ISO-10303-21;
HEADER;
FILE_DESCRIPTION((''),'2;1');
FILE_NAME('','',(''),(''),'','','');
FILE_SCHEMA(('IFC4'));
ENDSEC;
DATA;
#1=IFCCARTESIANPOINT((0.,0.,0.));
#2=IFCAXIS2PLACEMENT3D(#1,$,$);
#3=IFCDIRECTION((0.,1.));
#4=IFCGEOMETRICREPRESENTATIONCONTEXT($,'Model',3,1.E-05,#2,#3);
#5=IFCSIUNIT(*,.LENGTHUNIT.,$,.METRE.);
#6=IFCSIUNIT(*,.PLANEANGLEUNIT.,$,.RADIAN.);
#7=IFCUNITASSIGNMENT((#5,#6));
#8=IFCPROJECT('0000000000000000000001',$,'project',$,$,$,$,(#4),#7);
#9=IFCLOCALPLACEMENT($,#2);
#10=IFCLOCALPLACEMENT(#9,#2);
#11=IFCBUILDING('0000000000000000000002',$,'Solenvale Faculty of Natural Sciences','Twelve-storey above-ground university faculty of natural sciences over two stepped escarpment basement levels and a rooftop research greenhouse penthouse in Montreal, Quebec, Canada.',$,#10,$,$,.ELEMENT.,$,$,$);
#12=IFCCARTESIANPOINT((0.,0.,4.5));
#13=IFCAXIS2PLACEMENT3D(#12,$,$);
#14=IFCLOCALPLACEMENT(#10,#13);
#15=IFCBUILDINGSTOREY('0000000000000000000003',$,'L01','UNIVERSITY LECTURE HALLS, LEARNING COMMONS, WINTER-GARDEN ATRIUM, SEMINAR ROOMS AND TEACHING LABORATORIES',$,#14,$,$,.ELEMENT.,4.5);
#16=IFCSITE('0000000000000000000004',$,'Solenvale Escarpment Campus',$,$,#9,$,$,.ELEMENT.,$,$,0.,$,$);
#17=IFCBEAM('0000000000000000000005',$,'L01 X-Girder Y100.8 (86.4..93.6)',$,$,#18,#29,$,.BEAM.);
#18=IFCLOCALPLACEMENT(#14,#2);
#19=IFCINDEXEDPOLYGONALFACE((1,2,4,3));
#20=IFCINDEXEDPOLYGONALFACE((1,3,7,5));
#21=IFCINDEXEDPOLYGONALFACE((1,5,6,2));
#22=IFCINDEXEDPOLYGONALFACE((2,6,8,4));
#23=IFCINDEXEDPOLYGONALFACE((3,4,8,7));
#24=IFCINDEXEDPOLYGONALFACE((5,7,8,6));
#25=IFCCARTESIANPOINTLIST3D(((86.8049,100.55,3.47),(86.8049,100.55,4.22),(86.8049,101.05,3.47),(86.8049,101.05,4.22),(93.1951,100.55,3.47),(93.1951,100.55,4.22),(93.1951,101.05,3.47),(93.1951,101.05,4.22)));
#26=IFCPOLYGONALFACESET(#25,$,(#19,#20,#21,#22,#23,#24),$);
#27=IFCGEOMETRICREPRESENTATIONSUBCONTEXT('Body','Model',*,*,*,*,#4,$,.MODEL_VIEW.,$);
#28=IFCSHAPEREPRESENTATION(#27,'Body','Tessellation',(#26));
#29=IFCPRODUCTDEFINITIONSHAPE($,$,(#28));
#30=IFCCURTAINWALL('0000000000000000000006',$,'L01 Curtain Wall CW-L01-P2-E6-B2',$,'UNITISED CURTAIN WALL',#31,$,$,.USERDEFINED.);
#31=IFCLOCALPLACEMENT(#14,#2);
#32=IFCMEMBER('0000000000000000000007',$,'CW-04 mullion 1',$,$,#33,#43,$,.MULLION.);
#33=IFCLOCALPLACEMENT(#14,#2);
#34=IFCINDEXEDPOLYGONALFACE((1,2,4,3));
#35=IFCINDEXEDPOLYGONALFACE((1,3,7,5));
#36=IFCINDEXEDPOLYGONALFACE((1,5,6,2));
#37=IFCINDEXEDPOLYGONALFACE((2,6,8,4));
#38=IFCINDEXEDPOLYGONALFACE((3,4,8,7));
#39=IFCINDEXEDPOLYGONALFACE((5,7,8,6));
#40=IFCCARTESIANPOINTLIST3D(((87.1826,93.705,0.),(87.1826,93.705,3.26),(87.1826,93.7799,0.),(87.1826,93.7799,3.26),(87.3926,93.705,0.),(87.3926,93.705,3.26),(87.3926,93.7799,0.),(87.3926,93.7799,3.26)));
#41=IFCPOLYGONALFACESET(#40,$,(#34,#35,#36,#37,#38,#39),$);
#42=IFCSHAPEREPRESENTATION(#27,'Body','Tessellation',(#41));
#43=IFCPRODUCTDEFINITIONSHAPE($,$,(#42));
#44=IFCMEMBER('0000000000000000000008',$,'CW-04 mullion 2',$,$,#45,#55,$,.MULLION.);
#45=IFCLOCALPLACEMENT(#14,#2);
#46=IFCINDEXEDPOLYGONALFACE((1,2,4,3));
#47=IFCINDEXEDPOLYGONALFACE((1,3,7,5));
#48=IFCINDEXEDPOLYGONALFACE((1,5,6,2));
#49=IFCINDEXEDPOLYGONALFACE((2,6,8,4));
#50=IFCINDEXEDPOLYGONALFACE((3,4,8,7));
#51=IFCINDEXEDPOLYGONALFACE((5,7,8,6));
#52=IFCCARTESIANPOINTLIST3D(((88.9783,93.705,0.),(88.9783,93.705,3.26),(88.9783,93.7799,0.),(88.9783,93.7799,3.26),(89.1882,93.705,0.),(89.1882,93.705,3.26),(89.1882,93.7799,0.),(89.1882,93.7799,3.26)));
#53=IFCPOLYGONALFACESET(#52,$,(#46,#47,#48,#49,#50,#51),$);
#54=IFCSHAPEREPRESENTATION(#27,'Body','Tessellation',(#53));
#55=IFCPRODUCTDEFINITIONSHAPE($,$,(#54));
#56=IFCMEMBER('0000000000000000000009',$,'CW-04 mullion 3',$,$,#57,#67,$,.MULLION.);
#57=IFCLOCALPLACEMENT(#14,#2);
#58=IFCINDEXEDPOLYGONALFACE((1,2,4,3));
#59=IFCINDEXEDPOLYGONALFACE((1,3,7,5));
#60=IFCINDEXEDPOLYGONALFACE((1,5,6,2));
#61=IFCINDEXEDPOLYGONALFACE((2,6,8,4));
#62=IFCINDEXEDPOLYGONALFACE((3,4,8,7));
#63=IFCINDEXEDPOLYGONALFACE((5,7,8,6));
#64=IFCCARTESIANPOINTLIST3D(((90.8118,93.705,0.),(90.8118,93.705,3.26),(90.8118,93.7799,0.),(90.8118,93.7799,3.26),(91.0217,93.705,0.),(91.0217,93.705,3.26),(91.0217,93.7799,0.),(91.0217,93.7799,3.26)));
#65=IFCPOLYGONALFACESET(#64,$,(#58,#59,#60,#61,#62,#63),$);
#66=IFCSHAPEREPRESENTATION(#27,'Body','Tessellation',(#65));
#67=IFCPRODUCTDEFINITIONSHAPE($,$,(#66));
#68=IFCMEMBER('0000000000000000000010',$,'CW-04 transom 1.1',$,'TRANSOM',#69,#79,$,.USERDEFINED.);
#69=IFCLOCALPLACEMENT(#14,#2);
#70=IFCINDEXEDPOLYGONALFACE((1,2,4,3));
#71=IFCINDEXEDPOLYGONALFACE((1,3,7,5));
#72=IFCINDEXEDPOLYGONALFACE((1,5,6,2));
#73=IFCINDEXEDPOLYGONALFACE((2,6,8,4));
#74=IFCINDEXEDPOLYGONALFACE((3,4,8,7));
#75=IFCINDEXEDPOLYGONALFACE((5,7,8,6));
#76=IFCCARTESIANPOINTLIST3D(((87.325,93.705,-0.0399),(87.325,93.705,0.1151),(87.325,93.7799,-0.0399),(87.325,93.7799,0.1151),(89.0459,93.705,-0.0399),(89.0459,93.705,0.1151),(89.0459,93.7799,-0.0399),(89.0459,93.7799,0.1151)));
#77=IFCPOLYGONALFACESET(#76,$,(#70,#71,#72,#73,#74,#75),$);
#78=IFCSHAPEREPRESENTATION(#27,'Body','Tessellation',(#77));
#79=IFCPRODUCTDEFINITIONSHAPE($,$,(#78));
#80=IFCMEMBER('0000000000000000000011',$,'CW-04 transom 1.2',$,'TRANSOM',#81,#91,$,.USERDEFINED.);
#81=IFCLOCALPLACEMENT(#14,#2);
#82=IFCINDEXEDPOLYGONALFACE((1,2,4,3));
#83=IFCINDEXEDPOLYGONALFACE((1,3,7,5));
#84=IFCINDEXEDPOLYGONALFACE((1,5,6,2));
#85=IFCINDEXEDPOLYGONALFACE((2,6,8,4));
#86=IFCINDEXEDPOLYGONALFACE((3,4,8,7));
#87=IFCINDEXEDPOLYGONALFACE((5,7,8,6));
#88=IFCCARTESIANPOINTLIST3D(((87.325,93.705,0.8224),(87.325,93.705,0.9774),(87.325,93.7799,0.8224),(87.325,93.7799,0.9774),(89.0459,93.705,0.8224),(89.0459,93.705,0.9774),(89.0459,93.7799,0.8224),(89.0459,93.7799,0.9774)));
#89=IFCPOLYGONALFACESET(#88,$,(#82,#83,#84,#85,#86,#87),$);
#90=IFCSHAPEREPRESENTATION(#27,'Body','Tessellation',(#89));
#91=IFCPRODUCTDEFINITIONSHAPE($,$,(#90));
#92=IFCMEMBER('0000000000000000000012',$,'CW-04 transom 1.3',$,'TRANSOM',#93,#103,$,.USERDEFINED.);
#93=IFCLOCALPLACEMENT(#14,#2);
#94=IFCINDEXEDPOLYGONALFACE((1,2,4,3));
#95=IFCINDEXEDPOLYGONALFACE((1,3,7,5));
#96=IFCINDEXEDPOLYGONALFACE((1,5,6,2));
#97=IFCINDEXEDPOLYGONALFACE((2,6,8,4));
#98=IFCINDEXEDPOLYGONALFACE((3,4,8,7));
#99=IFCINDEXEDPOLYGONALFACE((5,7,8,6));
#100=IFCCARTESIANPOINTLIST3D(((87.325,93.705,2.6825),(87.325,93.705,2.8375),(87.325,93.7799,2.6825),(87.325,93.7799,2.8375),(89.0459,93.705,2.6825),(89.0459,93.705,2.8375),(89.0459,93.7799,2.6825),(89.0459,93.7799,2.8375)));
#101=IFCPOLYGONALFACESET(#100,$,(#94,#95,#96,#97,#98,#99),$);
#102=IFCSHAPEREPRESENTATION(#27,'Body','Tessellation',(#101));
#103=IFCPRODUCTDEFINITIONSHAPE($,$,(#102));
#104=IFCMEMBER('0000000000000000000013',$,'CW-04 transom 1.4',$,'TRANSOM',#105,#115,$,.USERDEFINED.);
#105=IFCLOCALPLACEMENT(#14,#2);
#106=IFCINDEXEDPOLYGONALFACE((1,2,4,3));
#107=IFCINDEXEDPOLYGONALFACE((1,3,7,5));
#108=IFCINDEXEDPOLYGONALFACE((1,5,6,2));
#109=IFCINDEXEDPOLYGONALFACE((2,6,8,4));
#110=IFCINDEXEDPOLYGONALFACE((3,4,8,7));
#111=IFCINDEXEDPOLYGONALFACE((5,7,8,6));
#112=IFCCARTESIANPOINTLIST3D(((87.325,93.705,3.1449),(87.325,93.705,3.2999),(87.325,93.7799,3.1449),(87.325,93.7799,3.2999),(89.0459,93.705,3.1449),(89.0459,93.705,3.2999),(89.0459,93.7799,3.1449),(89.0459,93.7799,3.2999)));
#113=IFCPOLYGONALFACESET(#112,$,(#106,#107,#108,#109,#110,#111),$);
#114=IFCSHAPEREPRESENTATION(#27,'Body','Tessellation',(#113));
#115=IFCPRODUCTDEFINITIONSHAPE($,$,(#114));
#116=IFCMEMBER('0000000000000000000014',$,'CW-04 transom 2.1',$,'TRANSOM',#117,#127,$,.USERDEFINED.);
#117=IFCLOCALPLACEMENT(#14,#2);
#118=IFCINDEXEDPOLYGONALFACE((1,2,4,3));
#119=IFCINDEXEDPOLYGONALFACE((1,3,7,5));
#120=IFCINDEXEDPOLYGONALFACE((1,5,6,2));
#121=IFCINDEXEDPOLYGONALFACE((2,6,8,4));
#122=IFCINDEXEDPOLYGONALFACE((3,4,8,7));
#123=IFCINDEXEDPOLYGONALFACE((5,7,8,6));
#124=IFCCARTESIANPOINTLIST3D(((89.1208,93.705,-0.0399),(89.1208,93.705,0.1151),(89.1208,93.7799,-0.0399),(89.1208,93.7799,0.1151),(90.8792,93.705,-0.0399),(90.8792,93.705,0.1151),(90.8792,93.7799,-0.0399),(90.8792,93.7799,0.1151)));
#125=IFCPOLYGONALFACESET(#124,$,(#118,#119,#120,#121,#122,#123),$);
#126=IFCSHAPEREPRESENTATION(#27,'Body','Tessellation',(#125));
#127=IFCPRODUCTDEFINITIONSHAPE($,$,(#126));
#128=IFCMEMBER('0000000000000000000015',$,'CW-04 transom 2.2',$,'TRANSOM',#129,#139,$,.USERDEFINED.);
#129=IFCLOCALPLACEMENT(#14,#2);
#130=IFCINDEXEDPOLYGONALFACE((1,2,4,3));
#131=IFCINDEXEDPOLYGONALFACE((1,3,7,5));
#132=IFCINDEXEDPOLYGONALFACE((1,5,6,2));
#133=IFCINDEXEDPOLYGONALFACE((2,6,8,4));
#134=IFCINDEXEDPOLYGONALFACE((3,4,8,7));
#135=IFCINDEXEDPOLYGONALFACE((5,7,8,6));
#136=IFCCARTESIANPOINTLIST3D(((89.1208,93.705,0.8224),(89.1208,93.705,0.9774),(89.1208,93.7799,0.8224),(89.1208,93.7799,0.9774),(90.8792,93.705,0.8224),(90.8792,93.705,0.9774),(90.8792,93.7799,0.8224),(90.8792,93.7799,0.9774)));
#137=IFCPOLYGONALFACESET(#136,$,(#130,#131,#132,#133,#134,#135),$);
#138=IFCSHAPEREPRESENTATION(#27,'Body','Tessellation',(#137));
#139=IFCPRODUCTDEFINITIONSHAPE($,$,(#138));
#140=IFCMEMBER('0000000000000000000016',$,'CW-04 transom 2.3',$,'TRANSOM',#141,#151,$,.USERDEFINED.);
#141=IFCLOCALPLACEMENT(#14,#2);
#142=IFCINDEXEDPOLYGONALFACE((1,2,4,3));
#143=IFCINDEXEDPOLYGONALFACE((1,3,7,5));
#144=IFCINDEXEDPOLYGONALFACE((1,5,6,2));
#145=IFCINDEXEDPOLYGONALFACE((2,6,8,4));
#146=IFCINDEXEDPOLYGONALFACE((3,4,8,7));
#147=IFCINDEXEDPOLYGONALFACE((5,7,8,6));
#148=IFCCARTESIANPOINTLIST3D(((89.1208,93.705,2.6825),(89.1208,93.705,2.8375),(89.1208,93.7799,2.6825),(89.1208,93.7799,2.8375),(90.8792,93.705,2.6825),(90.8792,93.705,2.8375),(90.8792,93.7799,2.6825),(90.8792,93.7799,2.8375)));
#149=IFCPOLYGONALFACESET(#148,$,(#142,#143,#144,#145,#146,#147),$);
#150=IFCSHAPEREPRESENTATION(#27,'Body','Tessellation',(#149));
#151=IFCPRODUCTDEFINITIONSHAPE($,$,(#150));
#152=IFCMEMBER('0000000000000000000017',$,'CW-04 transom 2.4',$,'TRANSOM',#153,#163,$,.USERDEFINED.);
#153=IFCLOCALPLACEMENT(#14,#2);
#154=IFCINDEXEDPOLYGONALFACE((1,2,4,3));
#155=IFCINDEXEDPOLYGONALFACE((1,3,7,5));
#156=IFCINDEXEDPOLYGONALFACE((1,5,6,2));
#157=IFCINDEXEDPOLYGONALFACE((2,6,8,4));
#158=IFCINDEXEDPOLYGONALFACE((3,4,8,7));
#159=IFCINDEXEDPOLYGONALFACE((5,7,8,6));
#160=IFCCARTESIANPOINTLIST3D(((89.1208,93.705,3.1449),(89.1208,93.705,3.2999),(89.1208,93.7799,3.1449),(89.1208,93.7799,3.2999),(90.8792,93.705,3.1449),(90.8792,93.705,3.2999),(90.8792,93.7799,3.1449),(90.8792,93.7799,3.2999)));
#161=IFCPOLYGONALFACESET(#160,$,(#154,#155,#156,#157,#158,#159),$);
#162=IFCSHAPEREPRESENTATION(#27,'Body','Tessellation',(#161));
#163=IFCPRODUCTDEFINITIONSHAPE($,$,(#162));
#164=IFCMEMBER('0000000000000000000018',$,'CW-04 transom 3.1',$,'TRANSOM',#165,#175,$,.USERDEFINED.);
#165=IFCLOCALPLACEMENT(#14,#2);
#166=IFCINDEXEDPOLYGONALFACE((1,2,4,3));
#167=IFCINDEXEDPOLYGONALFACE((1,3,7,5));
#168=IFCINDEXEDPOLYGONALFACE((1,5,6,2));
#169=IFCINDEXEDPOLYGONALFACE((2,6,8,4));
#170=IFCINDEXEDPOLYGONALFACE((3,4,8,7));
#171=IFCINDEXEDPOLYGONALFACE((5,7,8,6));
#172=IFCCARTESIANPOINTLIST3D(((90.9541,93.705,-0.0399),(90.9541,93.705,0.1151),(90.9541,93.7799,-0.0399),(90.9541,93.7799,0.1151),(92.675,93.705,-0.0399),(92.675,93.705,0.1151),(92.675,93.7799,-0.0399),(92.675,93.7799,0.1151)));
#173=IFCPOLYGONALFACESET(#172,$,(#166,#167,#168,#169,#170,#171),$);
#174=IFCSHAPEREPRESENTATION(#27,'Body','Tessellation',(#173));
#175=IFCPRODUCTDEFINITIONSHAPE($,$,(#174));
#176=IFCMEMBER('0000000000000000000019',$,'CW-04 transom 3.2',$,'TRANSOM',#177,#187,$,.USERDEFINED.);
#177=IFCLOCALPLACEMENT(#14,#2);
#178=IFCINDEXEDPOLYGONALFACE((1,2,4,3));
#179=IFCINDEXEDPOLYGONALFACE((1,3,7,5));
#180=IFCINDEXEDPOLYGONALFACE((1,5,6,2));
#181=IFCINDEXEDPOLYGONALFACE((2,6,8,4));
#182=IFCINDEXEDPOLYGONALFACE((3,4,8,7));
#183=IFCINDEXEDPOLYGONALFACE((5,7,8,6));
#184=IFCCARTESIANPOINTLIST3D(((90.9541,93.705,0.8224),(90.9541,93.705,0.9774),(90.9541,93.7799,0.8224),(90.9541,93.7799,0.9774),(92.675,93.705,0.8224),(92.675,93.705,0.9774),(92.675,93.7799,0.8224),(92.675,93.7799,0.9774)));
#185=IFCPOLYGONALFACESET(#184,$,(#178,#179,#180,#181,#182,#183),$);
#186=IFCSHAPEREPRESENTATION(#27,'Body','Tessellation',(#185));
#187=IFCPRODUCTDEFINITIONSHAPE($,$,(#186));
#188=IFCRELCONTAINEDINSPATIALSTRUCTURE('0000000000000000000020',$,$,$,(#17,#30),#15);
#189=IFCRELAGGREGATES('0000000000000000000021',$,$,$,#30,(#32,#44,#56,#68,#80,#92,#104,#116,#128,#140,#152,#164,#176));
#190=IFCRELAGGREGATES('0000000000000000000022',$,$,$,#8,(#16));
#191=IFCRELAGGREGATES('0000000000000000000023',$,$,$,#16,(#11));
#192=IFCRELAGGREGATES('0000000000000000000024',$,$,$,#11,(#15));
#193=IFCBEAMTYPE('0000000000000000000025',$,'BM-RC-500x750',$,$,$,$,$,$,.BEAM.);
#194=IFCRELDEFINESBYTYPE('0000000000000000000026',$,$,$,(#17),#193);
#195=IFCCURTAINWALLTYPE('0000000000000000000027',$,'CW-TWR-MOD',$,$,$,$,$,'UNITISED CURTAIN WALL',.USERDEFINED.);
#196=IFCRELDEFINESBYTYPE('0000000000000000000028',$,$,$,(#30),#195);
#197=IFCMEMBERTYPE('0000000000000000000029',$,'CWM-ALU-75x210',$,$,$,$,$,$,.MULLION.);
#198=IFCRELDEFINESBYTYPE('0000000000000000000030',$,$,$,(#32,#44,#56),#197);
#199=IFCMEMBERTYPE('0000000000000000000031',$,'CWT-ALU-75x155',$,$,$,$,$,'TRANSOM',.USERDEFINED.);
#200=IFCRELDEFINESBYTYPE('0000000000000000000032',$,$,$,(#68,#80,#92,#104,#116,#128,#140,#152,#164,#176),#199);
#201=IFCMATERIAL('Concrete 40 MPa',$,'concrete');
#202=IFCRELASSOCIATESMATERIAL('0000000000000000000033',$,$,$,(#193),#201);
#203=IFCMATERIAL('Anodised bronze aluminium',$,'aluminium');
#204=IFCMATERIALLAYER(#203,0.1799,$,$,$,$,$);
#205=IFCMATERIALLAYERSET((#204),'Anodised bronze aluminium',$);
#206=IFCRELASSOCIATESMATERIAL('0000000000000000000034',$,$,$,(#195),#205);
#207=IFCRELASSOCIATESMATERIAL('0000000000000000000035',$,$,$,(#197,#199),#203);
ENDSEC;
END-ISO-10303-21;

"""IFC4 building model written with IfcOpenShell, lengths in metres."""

from ifc_helpers import new_model, si_unit, direction, frame, origin, origin_2d, place, context, subcontext, project, spatial, rectangle, extrude, material, layer, layer_set, material_profile, profile_set, type_object, element, aggregate, save


model = new_model("IFC4")

# Units and contexts
model_context = context("Model", 3, precision=1e-05, world=origin(), true_north=direction((0.0, 1.0)))
body_context = subcontext(model_context, "Body", "Model", "MODEL_VIEW")
ifc_project = project(units=[si_unit("LENGTHUNIT", "METRE"), si_unit("PLANEANGLEUNIT", "RADIAN")], contexts=[model_context])

# Site, building, storey
site_placement = place(None, origin())
site = spatial("IfcSite", under=ifc_project, at=site_placement, Name="Solenvale Escarpment Campus", CompositionType="ELEMENT", RefElevation=0.0)
building_placement = place(site_placement, origin())
building = spatial("IfcBuilding", under=site, at=building_placement, Name="Solenvale Faculty of Natural Sciences", Description="Twelve-storey above-ground university faculty of natural sciences over two stepped escarpment basement levels and a rooftop research greenhouse penthouse in Montreal, Quebec, Canada.", CompositionType="ELEMENT")
storey_placement = place(building_placement, frame((0.0, 0.0, 4.5)))
storey = spatial("IfcBuildingStorey", under=building, at=storey_placement, Name="L01", Description="UNIVERSITY LECTURE HALLS, LEARNING COMMONS, WINTER-GARDEN ATRIUM, SEMINAR ROOMS AND TEACHING LABORATORIES", CompositionType="ELEMENT", Elevation=4.5)

# Beam
ifc_material_1 = material(Name="Concrete 40 MPa", Category="concrete")
ifc_material_profile_1 = material_profile(ifc_material_1, rectangle(XDim=0.5, YDim=0.75, at=origin_2d()), Name="RC-BM-500x750")
ifc_profile_set_1 = profile_set([ifc_material_profile_1], Name="Concrete 40 MPa")
beam_type = type_object("IfcBeamType", Name="BM-RC-500x750", PredefinedType="BEAM", material=ifc_profile_set_1)
beam_placement = place(storey_placement, frame((86.8049, 100.8, 3.845), z_axis=(1.0, 0.0, 0.0), x_axis=(0.0, 1.0, 0.0)))
element("IfcBeam", 1, at=beam_placement, inside=storey, type_object=beam_type, Name="L01 X-Girder Y100.8 (86.4..93.6)", PredefinedType="BEAM", context=body_context, shape_type="SweptSolid", body=[
    extrude(rectangle(XDim=0.5, YDim=0.75, at=origin_2d()), origin(), (0.0, 0.0, 1.0), 6.3901),
])

# Curtain wall, members
ifc_material_2 = material(Name="Anodised bronze aluminium", Category="aluminium")
ifc_layer_1 = layer(ifc_material_2, 0.1799)
ifc_layer_set_1 = layer_set([ifc_layer_1], Name="Anodised bronze aluminium")
curtain_wall_type = type_object("IfcCurtainWallType", Name="CW-TWR-MOD", ElementType="UNITISED CURTAIN WALL", PredefinedType="USERDEFINED", material=ifc_layer_set_1)
curtain_wall_placement = place(storey_placement, origin())
curtain_wall = element("IfcCurtainWall", 2, at=curtain_wall_placement, inside=storey, type_object=curtain_wall_type, Name="L01 Curtain Wall CW-L01-P2-E6-B2", ObjectType="UNITISED CURTAIN WALL", PredefinedType="USERDEFINED")
ifc_material_profile_2 = material_profile(ifc_material_2, rectangle(XDim=0.075, YDim=0.21, at=origin_2d()), Name="ALU-MUL-75x210")
ifc_profile_set_2 = profile_set([ifc_material_profile_2], Name="Anodised bronze aluminium")
member_type_1 = type_object("IfcMemberType", Name="CWM-ALU-75x210", PredefinedType="MULLION", material=ifc_profile_set_2)
member_1_placement = place(storey_placement, frame((87.2876, 93.7424, 0.0), z_axis=(0.0, 0.0, 1.0), x_axis=(0.0, 1.0, 0.0)))
member_1 = element("IfcMember", 3, at=member_1_placement, type_object=member_type_1, Name="CW-04 mullion 1", PredefinedType="MULLION", context=body_context, shape_type="SweptSolid", body=[
    extrude(rectangle(XDim=0.075, YDim=0.21, at=origin_2d()), origin(), (0.0, 0.0, 1.0), 3.26),
])
member_2_placement = place(storey_placement, frame((89.0833, 93.7424, 0.0), z_axis=(0.0, 0.0, 1.0), x_axis=(0.0, 1.0, 0.0)))
member_2 = element("IfcMember", 4, at=member_2_placement, type_object=member_type_1, Name="CW-04 mullion 2", PredefinedType="MULLION", context=body_context, shape_type="SweptSolid", body=[
    extrude(rectangle(XDim=0.075, YDim=0.21, at=origin_2d()), origin(), (0.0, 0.0, 1.0), 3.26),
])
member_3_placement = place(storey_placement, frame((90.9167, 93.7424, 0.0), z_axis=(0.0, 0.0, 1.0), x_axis=(0.0, 1.0, 0.0)))
member_3 = element("IfcMember", 5, at=member_3_placement, type_object=member_type_1, Name="CW-04 mullion 3", PredefinedType="MULLION", context=body_context, shape_type="SweptSolid", body=[
    extrude(rectangle(XDim=0.075, YDim=0.21, at=origin_2d()), origin(), (0.0, 0.0, 1.0), 3.26),
])
ifc_material_profile_3 = material_profile(ifc_material_2, rectangle(XDim=0.075, YDim=0.155, at=origin_2d()), Name="ALU-TRN-75x155")
ifc_profile_set_3 = profile_set([ifc_material_profile_3], Name="Anodised bronze aluminium")
member_type_2 = type_object("IfcMemberType", Name="CWT-ALU-75x155", ElementType="TRANSOM", PredefinedType="USERDEFINED", material=ifc_profile_set_3)
member_4_placement = place(storey_placement, frame((87.325, 93.7424, 0.0376), z_axis=(1.0, 0.0, 0.0), x_axis=(0.0, 1.0, 0.0)))
member_4 = element("IfcMember", 6, at=member_4_placement, type_object=member_type_2, Name="CW-04 transom 1.1", ObjectType="TRANSOM", PredefinedType="USERDEFINED", context=body_context, shape_type="SweptSolid", body=[
    extrude(rectangle(XDim=0.075, YDim=0.155, at=origin_2d()), origin(), (0.0, 0.0, 1.0), 1.7209),
])
member_5_placement = place(storey_placement, frame((87.325, 93.7424, 0.8999), z_axis=(1.0, 0.0, 0.0), x_axis=(0.0, 1.0, 0.0)))
member_5 = element("IfcMember", 7, at=member_5_placement, type_object=member_type_2, Name="CW-04 transom 1.2", ObjectType="TRANSOM", PredefinedType="USERDEFINED", context=body_context, shape_type="SweptSolid", body=[
    extrude(rectangle(XDim=0.075, YDim=0.155, at=origin_2d()), origin(), (0.0, 0.0, 1.0), 1.7209),
])
member_6_placement = place(storey_placement, frame((87.325, 93.7424, 2.76), z_axis=(1.0, 0.0, 0.0), x_axis=(0.0, 1.0, 0.0)))
member_6 = element("IfcMember", 8, at=member_6_placement, type_object=member_type_2, Name="CW-04 transom 1.3", ObjectType="TRANSOM", PredefinedType="USERDEFINED", context=body_context, shape_type="SweptSolid", body=[
    extrude(rectangle(XDim=0.075, YDim=0.155, at=origin_2d()), origin(), (0.0, 0.0, 1.0), 1.7209),
])
member_7_placement = place(storey_placement, frame((87.325, 93.7424, 3.2224), z_axis=(1.0, 0.0, 0.0), x_axis=(0.0, 1.0, 0.0)))
member_7 = element("IfcMember", 9, at=member_7_placement, type_object=member_type_2, Name="CW-04 transom 1.4", ObjectType="TRANSOM", PredefinedType="USERDEFINED", context=body_context, shape_type="SweptSolid", body=[
    extrude(rectangle(XDim=0.075, YDim=0.155, at=origin_2d()), origin(), (0.0, 0.0, 1.0), 1.7209),
])
member_8_placement = place(storey_placement, frame((89.1208, 93.7424, 0.0376), z_axis=(1.0, 0.0, 0.0), x_axis=(0.0, 1.0, 0.0)))
member_8 = element("IfcMember", 10, at=member_8_placement, type_object=member_type_2, Name="CW-04 transom 2.1", ObjectType="TRANSOM", PredefinedType="USERDEFINED", context=body_context, shape_type="SweptSolid", body=[
    extrude(rectangle(XDim=0.075, YDim=0.155, at=origin_2d()), origin(), (0.0, 0.0, 1.0), 1.7583),
])
member_9_placement = place(storey_placement, frame((89.1208, 93.7424, 0.8999), z_axis=(1.0, 0.0, 0.0), x_axis=(0.0, 1.0, 0.0)))
member_9 = element("IfcMember", 11, at=member_9_placement, type_object=member_type_2, Name="CW-04 transom 2.2", ObjectType="TRANSOM", PredefinedType="USERDEFINED", context=body_context, shape_type="SweptSolid", body=[
    extrude(rectangle(XDim=0.075, YDim=0.155, at=origin_2d()), origin(), (0.0, 0.0, 1.0), 1.7583),
])
member_10_placement = place(storey_placement, frame((89.1208, 93.7424, 2.76), z_axis=(1.0, 0.0, 0.0), x_axis=(0.0, 1.0, 0.0)))
member_10 = element("IfcMember", 12, at=member_10_placement, type_object=member_type_2, Name="CW-04 transom 2.3", ObjectType="TRANSOM", PredefinedType="USERDEFINED", context=body_context, shape_type="SweptSolid", body=[
    extrude(rectangle(XDim=0.075, YDim=0.155, at=origin_2d()), origin(), (0.0, 0.0, 1.0), 1.7583),
])
member_11_placement = place(storey_placement, frame((89.1208, 93.7424, 3.2224), z_axis=(1.0, 0.0, 0.0), x_axis=(0.0, 1.0, 0.0)))
member_11 = element("IfcMember", 13, at=member_11_placement, type_object=member_type_2, Name="CW-04 transom 2.4", ObjectType="TRANSOM", PredefinedType="USERDEFINED", context=body_context, shape_type="SweptSolid", body=[
    extrude(rectangle(XDim=0.075, YDim=0.155, at=origin_2d()), origin(), (0.0, 0.0, 1.0), 1.7583),
])
member_12_placement = place(storey_placement, frame((90.9541, 93.7424, 0.0376), z_axis=(1.0, 0.0, 0.0), x_axis=(0.0, 1.0, 0.0)))
member_12 = element("IfcMember", 14, at=member_12_placement, type_object=member_type_2, Name="CW-04 transom 3.1", ObjectType="TRANSOM", PredefinedType="USERDEFINED", context=body_context, shape_type="SweptSolid", body=[
    extrude(rectangle(XDim=0.075, YDim=0.155, at=origin_2d()), origin(), (0.0, 0.0, 1.0), 1.7209),
])
member_13_placement = place(storey_placement, frame((90.9541, 93.7424, 0.8999), z_axis=(1.0, 0.0, 0.0), x_axis=(0.0, 1.0, 0.0)))
member_13 = element("IfcMember", 15, at=member_13_placement, type_object=member_type_2, Name="CW-04 transom 3.2", ObjectType="TRANSOM", PredefinedType="USERDEFINED", context=body_context, shape_type="SweptSolid", body=[
    extrude(rectangle(XDim=0.075, YDim=0.155, at=origin_2d()), origin(), (0.0, 0.0, 1.0), 1.7209),
])
aggregate(curtain_wall, [member_1, member_2, member_3, member_4, member_5, member_6, member_7, member_8, member_9, member_10, member_11, member_12, member_13])

save(model, "model.ifc")
